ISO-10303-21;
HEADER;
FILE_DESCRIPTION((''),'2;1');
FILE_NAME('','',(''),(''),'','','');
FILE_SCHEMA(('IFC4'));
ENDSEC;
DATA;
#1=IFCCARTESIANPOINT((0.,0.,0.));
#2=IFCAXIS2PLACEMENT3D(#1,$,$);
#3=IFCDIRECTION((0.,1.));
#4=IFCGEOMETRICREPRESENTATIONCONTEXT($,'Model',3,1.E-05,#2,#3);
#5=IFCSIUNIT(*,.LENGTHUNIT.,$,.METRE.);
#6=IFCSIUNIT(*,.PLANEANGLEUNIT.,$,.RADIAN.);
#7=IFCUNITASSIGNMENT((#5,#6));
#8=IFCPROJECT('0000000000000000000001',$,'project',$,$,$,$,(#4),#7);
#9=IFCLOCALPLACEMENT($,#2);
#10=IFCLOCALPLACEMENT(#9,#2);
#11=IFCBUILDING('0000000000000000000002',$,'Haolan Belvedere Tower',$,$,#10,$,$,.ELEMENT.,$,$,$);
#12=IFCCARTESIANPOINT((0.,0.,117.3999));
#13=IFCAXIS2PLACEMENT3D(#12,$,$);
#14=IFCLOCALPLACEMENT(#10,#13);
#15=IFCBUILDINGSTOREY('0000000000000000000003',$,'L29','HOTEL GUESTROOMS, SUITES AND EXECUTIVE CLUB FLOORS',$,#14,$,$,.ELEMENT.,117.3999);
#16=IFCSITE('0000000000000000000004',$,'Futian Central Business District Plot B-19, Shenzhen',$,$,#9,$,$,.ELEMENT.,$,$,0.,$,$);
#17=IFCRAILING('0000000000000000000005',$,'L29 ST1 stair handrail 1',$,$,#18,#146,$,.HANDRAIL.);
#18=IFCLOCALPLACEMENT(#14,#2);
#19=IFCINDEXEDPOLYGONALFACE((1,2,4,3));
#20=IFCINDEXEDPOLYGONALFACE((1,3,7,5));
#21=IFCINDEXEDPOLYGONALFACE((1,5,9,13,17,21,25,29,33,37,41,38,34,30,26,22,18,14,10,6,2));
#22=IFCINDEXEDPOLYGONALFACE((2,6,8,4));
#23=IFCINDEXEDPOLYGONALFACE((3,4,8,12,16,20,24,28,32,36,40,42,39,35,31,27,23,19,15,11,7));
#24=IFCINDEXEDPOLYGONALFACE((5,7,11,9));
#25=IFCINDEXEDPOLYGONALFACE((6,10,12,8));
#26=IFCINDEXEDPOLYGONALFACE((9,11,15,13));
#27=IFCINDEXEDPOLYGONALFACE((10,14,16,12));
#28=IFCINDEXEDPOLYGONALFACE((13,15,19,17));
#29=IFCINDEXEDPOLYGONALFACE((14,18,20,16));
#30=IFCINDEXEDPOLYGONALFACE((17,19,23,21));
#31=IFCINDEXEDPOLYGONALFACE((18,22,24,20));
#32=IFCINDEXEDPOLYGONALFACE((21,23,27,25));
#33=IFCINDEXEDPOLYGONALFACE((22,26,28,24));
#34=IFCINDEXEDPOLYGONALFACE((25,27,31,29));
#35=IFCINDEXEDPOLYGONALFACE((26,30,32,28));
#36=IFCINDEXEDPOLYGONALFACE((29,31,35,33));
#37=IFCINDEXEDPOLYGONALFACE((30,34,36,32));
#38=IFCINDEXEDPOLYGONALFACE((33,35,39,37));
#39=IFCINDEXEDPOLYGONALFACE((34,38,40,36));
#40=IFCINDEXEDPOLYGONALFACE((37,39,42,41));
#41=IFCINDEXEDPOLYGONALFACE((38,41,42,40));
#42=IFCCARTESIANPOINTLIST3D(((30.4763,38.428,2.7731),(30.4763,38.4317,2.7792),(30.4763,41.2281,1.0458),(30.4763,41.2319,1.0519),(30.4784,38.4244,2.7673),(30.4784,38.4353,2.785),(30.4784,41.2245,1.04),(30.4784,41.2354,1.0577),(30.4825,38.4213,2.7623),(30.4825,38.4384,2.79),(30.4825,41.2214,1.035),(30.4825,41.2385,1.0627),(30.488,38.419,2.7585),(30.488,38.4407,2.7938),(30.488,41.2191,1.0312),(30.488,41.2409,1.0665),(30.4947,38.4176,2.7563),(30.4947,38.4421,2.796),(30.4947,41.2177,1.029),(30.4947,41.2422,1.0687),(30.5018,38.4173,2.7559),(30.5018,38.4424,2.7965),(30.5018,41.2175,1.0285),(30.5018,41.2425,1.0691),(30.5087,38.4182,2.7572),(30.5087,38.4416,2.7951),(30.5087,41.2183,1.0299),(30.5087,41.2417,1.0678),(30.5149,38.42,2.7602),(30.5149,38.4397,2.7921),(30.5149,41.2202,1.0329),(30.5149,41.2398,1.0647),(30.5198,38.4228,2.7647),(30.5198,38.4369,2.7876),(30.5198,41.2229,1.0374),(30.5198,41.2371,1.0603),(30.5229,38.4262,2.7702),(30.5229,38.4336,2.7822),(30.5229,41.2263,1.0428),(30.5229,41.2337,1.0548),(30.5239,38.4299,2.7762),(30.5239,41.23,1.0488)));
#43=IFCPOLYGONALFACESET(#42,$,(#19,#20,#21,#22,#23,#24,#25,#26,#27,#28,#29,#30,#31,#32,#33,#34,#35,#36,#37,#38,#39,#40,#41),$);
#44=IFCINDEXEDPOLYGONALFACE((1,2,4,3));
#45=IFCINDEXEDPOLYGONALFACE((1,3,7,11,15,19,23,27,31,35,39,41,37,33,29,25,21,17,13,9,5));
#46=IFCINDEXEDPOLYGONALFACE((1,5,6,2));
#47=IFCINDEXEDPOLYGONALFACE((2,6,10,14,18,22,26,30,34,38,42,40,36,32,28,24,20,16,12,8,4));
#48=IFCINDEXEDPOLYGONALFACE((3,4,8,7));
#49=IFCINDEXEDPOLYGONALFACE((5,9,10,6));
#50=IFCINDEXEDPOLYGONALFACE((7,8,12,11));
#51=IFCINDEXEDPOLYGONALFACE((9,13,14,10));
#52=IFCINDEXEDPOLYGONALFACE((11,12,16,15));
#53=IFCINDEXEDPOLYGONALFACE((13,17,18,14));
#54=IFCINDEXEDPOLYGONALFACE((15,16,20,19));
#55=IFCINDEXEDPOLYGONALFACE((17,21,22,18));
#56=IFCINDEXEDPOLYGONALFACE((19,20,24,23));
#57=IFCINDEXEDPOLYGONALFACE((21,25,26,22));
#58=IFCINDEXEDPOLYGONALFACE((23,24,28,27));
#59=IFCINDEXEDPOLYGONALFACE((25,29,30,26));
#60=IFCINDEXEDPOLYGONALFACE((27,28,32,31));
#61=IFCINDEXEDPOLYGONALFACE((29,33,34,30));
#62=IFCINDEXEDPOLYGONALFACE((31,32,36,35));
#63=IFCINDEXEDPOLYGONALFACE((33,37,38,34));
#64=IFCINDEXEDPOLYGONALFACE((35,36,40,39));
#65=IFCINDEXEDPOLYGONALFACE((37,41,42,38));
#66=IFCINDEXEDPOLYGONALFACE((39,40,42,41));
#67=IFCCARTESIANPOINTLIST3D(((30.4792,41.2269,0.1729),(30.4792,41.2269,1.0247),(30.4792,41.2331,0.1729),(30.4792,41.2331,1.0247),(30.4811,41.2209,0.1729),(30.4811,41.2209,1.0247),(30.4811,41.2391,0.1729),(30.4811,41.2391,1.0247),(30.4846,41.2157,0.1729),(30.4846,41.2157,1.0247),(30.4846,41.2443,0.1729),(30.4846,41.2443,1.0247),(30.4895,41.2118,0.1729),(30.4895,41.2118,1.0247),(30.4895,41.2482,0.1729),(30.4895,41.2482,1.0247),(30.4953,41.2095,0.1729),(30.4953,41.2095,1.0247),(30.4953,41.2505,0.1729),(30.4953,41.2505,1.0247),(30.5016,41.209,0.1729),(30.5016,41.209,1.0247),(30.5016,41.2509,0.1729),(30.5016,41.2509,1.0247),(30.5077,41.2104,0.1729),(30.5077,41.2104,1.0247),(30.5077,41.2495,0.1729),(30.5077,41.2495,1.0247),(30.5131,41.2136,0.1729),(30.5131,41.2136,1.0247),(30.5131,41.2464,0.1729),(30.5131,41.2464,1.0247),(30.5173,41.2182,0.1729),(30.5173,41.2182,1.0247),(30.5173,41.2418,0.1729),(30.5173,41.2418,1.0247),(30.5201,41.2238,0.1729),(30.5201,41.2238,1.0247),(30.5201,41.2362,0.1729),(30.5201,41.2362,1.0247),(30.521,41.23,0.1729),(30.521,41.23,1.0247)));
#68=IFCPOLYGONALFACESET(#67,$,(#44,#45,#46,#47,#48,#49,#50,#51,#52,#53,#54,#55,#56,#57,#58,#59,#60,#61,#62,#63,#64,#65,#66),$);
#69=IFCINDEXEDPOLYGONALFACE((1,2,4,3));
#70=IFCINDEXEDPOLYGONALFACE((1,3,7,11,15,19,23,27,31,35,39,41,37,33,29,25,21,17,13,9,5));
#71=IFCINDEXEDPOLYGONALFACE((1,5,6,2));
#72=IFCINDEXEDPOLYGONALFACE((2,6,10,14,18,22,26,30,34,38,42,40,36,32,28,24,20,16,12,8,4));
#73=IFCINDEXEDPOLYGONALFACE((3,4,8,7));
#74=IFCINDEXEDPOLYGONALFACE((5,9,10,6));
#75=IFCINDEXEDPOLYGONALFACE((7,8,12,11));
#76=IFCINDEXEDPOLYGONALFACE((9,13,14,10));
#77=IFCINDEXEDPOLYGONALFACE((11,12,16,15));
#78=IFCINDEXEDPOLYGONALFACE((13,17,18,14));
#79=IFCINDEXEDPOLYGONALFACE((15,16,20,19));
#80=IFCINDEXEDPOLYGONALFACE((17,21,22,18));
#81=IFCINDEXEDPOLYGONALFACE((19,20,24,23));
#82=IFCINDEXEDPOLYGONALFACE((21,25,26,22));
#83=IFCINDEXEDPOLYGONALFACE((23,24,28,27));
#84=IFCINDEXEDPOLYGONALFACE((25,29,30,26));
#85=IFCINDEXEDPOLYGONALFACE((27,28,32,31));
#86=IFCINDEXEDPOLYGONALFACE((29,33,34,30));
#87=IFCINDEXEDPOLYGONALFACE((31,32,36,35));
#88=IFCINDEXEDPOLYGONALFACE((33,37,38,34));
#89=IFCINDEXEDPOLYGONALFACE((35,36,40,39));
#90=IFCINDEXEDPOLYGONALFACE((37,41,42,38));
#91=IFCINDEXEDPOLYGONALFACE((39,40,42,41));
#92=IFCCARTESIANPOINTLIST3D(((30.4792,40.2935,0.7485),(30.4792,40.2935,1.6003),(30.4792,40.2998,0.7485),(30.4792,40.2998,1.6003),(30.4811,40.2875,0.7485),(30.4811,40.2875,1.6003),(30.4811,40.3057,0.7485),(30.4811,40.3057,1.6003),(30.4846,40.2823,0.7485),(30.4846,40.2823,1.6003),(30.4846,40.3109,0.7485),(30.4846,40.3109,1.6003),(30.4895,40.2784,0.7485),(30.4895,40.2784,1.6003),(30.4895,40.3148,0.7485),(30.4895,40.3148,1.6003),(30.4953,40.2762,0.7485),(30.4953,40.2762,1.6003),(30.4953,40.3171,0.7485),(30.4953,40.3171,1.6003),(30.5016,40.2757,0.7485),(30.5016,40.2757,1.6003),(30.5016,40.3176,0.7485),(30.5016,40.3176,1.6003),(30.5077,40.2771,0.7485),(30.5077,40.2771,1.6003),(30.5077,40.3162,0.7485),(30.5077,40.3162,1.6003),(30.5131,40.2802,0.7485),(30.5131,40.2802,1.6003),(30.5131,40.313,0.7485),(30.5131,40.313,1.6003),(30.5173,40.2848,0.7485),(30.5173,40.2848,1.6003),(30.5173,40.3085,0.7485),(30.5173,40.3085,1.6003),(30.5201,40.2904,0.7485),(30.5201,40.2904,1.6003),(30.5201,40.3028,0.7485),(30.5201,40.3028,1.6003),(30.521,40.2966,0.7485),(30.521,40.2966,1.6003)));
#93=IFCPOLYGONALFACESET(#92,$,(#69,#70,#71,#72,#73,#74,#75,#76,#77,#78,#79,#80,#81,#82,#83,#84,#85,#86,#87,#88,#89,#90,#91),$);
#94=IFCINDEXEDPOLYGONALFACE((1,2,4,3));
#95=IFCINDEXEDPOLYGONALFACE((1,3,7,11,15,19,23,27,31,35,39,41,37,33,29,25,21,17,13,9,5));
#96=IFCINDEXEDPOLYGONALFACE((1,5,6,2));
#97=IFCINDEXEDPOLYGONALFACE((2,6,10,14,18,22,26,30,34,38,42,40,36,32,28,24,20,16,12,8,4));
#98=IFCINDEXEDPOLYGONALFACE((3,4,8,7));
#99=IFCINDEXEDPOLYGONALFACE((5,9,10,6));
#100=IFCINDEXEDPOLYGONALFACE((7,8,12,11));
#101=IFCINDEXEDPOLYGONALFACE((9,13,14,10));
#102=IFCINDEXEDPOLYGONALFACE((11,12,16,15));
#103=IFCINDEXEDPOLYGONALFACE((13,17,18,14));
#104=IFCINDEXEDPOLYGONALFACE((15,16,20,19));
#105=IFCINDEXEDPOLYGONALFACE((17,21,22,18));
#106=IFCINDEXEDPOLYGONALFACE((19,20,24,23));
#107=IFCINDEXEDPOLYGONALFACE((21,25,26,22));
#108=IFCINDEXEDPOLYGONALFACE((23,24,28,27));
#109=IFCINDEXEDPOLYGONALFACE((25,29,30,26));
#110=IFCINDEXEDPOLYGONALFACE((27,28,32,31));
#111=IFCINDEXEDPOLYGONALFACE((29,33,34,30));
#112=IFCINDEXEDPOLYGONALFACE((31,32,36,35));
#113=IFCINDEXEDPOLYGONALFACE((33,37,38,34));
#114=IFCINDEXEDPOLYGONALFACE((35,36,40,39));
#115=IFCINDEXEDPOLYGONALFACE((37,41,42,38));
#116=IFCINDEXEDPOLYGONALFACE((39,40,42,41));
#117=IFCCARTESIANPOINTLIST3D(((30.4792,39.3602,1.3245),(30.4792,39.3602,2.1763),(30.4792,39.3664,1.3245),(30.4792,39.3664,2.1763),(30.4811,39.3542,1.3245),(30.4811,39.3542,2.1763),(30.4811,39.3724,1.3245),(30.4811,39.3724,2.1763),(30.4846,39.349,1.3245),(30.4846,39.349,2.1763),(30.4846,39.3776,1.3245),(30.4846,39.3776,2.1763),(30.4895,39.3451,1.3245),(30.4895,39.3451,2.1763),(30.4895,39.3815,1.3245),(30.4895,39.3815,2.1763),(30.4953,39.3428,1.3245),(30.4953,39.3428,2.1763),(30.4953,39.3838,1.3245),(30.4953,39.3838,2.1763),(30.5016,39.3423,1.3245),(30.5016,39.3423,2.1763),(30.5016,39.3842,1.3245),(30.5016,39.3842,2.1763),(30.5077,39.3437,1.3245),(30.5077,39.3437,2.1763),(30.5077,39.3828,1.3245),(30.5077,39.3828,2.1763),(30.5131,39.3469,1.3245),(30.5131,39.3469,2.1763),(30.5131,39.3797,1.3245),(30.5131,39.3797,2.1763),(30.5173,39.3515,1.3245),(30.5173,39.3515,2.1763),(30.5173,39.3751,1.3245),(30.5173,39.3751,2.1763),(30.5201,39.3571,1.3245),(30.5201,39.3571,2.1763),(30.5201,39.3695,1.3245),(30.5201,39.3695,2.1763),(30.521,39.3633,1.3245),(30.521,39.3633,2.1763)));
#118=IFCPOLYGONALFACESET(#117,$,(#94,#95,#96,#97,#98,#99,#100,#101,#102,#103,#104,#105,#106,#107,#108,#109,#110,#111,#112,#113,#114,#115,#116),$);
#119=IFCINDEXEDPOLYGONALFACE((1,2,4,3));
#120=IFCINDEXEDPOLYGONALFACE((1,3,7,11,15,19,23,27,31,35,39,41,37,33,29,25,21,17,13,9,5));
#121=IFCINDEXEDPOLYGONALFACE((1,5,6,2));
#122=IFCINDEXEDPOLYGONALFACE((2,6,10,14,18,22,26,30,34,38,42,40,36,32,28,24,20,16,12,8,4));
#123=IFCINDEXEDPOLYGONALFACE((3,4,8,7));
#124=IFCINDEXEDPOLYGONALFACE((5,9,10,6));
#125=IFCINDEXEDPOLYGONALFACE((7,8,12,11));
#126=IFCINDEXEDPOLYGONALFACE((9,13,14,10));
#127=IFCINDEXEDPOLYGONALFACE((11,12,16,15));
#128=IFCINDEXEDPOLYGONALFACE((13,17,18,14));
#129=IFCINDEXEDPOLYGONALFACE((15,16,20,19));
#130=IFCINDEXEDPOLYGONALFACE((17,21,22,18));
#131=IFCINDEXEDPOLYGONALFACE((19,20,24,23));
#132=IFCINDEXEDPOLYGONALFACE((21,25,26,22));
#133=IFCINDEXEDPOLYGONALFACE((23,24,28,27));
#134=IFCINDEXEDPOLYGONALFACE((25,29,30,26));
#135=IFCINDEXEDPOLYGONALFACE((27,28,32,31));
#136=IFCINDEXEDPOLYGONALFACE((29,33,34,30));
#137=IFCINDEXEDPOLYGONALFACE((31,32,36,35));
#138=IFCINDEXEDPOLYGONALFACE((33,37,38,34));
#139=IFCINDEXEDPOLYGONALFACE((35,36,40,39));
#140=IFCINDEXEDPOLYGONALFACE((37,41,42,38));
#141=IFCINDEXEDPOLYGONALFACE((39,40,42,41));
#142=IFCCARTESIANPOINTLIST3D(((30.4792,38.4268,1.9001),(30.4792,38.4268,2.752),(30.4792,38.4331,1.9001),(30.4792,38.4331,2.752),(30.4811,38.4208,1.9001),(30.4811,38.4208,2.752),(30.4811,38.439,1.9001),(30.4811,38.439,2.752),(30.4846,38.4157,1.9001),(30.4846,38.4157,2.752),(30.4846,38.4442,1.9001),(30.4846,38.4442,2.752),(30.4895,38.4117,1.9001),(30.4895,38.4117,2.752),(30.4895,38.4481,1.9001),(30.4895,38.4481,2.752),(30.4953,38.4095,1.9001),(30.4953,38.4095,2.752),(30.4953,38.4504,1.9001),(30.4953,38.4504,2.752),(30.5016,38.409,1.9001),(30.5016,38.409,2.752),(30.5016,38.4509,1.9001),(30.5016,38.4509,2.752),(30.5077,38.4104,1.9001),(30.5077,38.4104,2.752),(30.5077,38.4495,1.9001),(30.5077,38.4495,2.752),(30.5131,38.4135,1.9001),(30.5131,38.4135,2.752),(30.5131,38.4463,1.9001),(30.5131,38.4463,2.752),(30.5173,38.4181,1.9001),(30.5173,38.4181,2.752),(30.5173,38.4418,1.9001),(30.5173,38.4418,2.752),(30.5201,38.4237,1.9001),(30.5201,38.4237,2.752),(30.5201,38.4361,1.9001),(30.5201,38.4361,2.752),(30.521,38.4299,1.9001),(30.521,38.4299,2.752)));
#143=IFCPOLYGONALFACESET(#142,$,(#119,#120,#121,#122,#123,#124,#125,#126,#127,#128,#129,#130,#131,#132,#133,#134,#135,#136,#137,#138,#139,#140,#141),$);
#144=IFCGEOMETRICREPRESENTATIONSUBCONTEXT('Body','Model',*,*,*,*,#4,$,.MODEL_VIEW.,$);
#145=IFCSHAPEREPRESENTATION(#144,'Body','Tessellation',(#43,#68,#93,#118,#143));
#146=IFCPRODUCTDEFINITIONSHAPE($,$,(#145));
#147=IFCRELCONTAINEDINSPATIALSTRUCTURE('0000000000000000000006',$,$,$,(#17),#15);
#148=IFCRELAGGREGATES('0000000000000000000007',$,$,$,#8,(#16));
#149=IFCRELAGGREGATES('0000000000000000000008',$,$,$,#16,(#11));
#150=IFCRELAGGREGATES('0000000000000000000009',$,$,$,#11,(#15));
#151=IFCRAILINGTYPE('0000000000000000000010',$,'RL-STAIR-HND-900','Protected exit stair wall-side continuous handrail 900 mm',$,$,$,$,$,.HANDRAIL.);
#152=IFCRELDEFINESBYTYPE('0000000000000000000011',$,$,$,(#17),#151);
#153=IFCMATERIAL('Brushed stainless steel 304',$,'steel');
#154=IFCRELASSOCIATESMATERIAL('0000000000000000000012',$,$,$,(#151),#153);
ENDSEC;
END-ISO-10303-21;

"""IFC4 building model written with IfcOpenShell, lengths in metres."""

from ifc_helpers import new_model, si_unit, direction, frame, origin, origin_2d, place, context, subcontext, project, spatial, circle, extrude, material, type_object, element, save


model = new_model("IFC4")

# Units and contexts
model_context = context("Model", 3, precision=1e-05, world=origin(), true_north=direction((0.0, 1.0)))
body_context = subcontext(model_context, "Body", "Model", "MODEL_VIEW")
ifc_project = project(units=[si_unit("LENGTHUNIT", "METRE"), si_unit("PLANEANGLEUNIT", "RADIAN")], contexts=[model_context])

# Site, building, storey
site_placement = place(None, origin())
site = spatial("IfcSite", under=ifc_project, at=site_placement, Name="Futian Central Business District Plot B-19, Shenzhen", CompositionType="ELEMENT", RefElevation=0.0)
building_placement = place(site_placement, origin())
building = spatial("IfcBuilding", under=site, at=building_placement, Name="Haolan Belvedere Tower", CompositionType="ELEMENT")
storey_placement = place(building_placement, frame((0.0, 0.0, 117.3999)))
storey = spatial("IfcBuildingStorey", under=building, at=storey_placement, Name="L29", Description="HOTEL GUESTROOMS, SUITES AND EXECUTIVE CLUB FLOORS", CompositionType="ELEMENT", Elevation=117.3999)

# Railing
ifc_material_1 = material(Name="Brushed stainless steel 304", Category="steel")
railing_type_1 = type_object("IfcRailingType", Name="RL-STAIR-HND-900", Description="Protected exit stair wall-side continuous handrail 900 mm", PredefinedType="HANDRAIL", material=ifc_material_1)
railing_1_placement = place(storey_placement, frame((30.5, 41.23, 0.1729)))
element("IfcRailing", 1, at=railing_1_placement, inside=storey, type_object=railing_type_1, Name="L29 ST1 stair handrail 1", PredefinedType="HANDRAIL", context=body_context, shape_type="SweptSolid", body=[
    extrude(circle(Radius=0.0239, at=origin_2d()), frame((0.0, 0.0, 0.876), z_axis=(0.0, -0.85109, 0.52502), x_axis=(1.0, 0.0, 0.0)), (0.0, 0.0, 1.0), 3.29),
    extrude(circle(Radius=0.021, at=origin_2d()), origin(), (0.0, 0.0, 1.0), 0.8518),
    extrude(circle(Radius=0.021, at=origin_2d()), frame((0.0, -0.9333, 0.5757)), (0.0, 0.0, 1.0), 0.8518),
    extrude(circle(Radius=0.021, at=origin_2d()), frame((0.0, -1.8667, 1.1516)), (0.0, 0.0, 1.0), 0.8518),
    extrude(circle(Radius=0.021, at=origin_2d()), frame((0.0, -2.8, 1.7273)), (0.0, 0.0, 1.0), 0.8518),
])

save(model, "model.ifc")
